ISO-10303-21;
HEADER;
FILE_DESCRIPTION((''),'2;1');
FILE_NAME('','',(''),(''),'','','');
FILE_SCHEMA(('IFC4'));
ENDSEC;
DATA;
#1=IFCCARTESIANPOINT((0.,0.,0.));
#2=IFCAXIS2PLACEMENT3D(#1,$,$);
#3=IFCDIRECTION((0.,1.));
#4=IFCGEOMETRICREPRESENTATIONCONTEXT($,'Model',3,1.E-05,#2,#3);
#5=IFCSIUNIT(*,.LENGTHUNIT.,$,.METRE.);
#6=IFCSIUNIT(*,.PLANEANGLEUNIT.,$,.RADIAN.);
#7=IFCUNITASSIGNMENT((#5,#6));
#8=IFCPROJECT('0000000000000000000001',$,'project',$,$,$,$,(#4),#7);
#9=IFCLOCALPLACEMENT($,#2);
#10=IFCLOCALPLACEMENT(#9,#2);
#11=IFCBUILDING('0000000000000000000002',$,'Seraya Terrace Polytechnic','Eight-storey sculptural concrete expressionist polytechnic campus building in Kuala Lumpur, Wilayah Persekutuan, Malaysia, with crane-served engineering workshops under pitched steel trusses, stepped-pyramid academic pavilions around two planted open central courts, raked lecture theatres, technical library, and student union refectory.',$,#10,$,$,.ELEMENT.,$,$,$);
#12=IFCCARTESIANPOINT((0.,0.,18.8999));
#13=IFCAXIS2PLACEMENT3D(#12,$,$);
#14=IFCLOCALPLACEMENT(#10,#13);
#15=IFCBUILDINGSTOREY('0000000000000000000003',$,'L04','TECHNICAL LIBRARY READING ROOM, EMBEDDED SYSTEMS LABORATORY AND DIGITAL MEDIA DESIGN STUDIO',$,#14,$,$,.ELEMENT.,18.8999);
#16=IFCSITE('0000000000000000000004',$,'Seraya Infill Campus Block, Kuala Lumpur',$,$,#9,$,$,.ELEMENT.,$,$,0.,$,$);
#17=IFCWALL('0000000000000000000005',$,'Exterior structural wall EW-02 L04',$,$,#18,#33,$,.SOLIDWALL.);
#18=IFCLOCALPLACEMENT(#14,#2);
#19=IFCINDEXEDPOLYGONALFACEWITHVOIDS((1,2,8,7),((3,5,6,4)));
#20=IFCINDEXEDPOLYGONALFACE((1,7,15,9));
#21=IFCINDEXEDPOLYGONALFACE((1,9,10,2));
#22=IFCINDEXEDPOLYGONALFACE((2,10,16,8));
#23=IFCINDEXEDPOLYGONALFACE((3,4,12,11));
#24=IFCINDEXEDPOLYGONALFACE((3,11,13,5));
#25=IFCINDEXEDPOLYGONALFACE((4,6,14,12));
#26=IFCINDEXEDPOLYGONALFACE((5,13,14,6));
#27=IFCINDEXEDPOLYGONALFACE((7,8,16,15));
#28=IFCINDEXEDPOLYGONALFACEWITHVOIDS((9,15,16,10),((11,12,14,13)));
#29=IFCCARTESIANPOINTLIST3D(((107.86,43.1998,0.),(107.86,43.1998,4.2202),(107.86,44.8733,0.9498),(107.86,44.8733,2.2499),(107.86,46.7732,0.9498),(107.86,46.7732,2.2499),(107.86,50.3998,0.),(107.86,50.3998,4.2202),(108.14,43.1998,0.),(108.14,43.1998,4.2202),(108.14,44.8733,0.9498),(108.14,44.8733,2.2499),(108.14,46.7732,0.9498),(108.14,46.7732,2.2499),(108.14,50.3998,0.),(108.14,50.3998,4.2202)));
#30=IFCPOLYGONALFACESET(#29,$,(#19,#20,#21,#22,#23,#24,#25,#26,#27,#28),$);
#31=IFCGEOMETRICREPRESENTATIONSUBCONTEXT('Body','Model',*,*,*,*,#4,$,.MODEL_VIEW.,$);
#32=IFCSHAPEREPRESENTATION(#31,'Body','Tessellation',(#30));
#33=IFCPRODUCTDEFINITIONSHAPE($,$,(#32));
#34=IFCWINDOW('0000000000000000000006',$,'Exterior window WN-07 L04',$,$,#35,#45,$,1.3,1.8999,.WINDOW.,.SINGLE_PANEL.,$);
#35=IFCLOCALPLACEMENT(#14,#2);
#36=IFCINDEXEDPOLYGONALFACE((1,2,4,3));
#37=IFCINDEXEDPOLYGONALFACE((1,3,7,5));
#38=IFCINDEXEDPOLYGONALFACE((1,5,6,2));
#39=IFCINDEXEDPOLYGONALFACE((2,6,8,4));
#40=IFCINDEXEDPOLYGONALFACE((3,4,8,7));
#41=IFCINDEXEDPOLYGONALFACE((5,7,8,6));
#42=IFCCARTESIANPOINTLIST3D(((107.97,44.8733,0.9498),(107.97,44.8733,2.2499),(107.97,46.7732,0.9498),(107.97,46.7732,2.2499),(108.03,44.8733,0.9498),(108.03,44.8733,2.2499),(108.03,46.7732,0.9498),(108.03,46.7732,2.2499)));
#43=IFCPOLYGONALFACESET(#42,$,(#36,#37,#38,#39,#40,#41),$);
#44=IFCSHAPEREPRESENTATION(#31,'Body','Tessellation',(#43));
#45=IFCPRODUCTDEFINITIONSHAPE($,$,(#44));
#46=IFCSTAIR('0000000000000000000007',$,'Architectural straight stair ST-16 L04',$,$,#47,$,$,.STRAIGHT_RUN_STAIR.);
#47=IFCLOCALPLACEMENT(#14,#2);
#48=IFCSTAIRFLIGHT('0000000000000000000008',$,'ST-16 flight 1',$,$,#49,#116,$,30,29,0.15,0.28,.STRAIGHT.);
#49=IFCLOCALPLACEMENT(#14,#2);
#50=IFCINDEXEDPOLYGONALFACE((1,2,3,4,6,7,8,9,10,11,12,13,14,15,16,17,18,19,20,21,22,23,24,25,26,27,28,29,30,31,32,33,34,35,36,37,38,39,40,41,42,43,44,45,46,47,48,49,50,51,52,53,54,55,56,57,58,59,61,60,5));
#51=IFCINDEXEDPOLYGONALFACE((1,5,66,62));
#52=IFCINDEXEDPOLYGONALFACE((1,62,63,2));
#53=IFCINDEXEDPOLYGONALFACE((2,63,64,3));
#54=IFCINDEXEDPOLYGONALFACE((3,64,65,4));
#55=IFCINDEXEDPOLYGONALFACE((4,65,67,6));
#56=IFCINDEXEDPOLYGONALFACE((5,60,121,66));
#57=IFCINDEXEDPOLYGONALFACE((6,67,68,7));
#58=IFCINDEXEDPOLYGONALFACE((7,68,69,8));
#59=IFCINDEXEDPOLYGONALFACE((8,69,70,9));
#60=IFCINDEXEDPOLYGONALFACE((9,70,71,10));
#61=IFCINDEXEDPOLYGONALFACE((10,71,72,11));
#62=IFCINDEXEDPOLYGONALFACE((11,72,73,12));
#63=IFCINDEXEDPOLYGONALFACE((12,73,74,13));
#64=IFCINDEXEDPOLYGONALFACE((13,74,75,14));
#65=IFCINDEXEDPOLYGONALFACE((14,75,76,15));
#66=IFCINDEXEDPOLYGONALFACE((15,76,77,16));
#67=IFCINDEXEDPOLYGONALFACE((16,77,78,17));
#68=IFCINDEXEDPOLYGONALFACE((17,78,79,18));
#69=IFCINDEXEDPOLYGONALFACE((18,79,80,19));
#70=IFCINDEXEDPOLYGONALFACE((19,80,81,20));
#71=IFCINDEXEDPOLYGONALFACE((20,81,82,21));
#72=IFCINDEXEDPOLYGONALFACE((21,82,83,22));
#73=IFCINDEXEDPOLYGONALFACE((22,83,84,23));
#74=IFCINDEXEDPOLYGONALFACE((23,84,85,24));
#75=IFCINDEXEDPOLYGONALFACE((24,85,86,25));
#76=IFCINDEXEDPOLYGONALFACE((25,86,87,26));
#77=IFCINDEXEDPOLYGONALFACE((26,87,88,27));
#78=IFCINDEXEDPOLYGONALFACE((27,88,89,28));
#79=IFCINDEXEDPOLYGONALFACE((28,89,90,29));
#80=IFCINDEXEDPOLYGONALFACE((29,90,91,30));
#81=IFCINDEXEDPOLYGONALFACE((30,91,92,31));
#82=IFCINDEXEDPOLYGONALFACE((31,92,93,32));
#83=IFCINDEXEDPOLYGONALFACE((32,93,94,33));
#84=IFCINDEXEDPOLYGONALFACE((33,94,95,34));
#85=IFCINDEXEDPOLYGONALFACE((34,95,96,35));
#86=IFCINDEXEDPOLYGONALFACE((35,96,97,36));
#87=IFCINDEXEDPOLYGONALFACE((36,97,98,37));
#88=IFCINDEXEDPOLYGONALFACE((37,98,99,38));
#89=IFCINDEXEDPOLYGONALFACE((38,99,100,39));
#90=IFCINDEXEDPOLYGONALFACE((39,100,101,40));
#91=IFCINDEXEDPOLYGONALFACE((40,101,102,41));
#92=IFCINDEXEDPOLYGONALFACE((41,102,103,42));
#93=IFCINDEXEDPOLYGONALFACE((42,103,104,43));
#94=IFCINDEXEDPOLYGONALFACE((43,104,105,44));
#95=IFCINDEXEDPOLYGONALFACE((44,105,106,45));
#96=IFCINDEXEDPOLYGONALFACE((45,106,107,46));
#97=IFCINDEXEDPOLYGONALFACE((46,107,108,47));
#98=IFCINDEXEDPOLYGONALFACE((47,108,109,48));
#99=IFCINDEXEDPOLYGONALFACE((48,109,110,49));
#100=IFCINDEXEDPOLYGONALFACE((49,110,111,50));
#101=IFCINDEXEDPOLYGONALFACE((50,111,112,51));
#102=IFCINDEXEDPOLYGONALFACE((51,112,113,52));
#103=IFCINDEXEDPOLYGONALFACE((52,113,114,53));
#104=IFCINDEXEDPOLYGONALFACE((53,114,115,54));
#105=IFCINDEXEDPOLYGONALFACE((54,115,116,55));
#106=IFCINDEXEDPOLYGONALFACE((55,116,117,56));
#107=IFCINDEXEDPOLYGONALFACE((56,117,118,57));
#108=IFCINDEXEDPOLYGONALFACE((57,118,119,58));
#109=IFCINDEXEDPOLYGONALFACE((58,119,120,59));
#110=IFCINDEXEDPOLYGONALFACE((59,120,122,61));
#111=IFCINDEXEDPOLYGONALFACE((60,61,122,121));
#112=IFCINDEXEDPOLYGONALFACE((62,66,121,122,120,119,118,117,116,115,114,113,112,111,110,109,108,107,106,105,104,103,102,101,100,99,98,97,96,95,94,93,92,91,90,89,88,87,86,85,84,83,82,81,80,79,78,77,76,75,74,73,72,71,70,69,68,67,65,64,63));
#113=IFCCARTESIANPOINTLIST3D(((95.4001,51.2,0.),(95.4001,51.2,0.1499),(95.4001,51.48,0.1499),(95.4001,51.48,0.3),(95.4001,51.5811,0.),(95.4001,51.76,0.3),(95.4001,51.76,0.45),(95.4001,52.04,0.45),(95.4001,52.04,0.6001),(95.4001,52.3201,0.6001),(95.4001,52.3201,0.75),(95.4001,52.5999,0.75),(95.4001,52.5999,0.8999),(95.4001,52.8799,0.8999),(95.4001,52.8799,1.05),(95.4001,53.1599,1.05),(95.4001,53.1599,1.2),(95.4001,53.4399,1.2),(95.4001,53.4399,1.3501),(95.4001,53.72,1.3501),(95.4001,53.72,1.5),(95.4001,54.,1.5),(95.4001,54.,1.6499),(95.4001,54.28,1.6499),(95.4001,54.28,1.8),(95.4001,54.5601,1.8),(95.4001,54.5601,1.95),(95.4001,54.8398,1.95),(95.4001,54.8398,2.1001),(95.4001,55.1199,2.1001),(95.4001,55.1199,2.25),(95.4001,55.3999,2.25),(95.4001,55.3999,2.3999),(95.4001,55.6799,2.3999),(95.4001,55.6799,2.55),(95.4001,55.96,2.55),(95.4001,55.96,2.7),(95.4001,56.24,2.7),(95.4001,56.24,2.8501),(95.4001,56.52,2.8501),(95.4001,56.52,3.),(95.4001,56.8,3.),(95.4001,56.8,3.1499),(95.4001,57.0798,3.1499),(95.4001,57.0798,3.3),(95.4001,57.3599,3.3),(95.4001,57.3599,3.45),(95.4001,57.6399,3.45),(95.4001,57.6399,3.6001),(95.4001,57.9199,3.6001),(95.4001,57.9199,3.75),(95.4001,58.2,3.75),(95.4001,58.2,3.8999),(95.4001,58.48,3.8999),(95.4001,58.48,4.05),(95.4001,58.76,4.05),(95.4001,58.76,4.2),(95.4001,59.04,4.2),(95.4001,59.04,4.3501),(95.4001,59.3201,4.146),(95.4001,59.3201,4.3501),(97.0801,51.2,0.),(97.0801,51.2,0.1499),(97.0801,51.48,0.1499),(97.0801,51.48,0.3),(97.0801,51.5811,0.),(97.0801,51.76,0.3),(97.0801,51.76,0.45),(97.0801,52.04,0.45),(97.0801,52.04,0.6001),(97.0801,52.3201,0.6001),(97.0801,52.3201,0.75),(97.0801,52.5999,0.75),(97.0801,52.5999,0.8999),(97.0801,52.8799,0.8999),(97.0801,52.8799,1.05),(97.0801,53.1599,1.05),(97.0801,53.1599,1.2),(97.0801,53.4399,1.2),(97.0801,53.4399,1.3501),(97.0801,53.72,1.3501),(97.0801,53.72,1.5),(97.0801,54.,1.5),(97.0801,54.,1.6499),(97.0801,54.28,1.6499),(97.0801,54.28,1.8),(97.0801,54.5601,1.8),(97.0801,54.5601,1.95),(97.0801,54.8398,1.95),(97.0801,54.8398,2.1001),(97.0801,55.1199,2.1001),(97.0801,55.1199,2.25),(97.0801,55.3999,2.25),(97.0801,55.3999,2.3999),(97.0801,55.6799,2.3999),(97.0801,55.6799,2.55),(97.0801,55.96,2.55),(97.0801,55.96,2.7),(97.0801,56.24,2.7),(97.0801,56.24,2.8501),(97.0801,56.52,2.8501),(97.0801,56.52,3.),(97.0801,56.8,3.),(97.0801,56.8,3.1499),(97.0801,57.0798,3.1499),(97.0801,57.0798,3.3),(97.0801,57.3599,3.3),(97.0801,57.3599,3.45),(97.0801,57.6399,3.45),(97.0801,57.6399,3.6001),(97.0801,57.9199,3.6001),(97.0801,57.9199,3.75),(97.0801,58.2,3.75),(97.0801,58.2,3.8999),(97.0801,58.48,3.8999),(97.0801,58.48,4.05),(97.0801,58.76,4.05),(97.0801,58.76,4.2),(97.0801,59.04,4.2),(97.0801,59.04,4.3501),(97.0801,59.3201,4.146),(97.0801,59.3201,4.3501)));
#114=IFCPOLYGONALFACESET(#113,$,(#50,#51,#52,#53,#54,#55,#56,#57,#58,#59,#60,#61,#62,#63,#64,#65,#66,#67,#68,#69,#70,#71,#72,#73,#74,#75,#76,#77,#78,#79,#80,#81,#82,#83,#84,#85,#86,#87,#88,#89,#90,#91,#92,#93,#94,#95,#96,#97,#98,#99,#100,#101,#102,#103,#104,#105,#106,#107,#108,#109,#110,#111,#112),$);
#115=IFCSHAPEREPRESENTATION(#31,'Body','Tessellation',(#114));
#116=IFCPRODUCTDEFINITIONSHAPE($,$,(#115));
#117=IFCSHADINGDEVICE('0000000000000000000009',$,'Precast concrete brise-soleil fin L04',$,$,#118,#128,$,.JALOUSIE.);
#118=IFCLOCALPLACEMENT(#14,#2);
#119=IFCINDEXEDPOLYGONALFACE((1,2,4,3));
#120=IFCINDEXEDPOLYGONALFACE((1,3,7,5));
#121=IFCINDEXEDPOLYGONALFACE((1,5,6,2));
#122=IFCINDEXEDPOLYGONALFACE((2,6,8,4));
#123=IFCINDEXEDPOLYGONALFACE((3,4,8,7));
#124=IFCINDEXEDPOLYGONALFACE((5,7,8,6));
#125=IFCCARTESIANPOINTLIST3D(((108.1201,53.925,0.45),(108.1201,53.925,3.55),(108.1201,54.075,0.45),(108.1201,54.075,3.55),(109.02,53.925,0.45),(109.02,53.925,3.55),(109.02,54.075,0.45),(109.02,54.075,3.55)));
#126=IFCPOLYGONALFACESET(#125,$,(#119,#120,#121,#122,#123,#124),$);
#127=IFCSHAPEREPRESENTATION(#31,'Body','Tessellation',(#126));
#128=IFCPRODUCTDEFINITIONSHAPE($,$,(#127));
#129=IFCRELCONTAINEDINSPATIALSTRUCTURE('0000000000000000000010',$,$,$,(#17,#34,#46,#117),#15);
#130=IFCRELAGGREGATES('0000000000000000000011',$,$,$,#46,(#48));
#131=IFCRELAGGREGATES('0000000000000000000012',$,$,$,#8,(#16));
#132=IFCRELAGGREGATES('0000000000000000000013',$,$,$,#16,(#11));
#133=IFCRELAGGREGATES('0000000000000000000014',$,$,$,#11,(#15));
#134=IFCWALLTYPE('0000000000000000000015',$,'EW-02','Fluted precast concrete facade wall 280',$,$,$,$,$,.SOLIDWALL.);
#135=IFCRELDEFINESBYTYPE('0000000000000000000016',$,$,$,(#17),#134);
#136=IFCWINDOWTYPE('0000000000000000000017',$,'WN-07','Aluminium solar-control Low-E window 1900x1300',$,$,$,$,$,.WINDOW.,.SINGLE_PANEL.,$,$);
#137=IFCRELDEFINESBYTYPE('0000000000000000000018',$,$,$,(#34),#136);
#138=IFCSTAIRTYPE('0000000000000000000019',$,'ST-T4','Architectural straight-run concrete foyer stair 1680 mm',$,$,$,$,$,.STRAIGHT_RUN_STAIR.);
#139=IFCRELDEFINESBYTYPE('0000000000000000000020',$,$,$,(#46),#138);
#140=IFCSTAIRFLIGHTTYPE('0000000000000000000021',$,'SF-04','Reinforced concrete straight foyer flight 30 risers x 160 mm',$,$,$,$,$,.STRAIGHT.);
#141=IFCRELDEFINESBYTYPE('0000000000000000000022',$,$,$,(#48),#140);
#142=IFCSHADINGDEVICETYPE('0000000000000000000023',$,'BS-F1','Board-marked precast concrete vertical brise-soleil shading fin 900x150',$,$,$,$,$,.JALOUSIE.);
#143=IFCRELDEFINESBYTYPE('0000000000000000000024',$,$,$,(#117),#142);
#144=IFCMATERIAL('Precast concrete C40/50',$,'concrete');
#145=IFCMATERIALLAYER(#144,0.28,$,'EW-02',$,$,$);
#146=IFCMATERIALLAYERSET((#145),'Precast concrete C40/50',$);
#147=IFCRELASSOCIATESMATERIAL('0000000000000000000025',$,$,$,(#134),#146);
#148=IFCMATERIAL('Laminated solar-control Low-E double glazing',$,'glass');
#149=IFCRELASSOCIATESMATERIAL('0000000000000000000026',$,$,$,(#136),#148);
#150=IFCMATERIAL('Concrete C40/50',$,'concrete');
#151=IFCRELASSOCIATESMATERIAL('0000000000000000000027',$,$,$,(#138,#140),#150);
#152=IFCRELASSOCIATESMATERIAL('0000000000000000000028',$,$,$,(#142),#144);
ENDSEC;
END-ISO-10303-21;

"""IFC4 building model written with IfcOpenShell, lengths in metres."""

from ifc_helpers import new_model, si_unit, direction, frame, frame_2d, origin, origin_2d, place, context, subcontext, project, spatial, polyline, rectangle, outline, extrude, material, layer, layer_set, type_object, element, fill, aggregate, save


model = new_model("IFC4")

# Units and contexts
model_context = context("Model", 3, precision=1e-05, world=origin(), true_north=direction((0.0, 1.0)))
body_context = subcontext(model_context, "Body", "Model", "MODEL_VIEW")
ifc_project = project(units=[si_unit("LENGTHUNIT", "METRE"), si_unit("PLANEANGLEUNIT", "RADIAN")], contexts=[model_context])

# Site, building, storey
site_placement = place(None, origin())
site = spatial("IfcSite", under=ifc_project, at=site_placement, Name="Seraya Infill Campus Block, Kuala Lumpur", CompositionType="ELEMENT", RefElevation=0.0)
building_placement = place(site_placement, origin())
building = spatial("IfcBuilding", under=site, at=building_placement, Name="Seraya Terrace Polytechnic", Description="Eight-storey sculptural concrete expressionist polytechnic campus building in Kuala Lumpur, Wilayah Persekutuan, Malaysia, with crane-served engineering workshops under pitched steel trusses, stepped-pyramid academic pavilions around two planted open central courts, raked lecture theatres, technical library, and student union refectory.", CompositionType="ELEMENT")
storey_placement = place(building_placement, frame((0.0, 0.0, 18.8999)))
storey = spatial("IfcBuildingStorey", under=building, at=storey_placement, Name="L04", Description="TECHNICAL LIBRARY READING ROOM, EMBEDDED SYSTEMS LABORATORY AND DIGITAL MEDIA DESIGN STUDIO", CompositionType="ELEMENT", Elevation=18.8999)

# Shared definitions
ifc_material_1 = material(Name="Concrete C40/50", Category="concrete")

# Wall, opening, window
ifc_material_2 = material(Name="Precast concrete C40/50", Category="concrete")
ifc_layer = layer(ifc_material_2, 0.28, Name="EW-02")
ifc_layer_set = layer_set([ifc_layer], Name="Precast concrete C40/50")
wall_type = type_object("IfcWallType", Name="EW-02", Description="Fluted precast concrete facade wall 280", PredefinedType="SOLIDWALL", material=ifc_layer_set)
ifc_material_3 = material(Name="Laminated solar-control Low-E double glazing", Category="glass")
wall_1_placement = place(storey_placement, frame((108.0, 50.3999, 0.0), z_axis=(0.0, 0.0, 1.0), x_axis=(0.0, -1.0, 0.0)))
wall_1 = element("IfcWall", 1, at=wall_1_placement, inside=storey, type_object=wall_type, Name="Exterior structural wall EW-02 L04", PredefinedType="SOLIDWALL", context=body_context, shape_type="SweptSolid", body=[
    extrude(rectangle(XDim=7.2, YDim=0.28, at=frame_2d((3.6001, 0.0))), origin(), (0.0, 0.0, 1.0), 4.2202),
])
opening_1_placement = place(wall_1_placement, frame((3.6267, 0.0, 0.95)))
opening_1 = element("IfcOpeningElement", 2, at=opening_1_placement, cuts=wall_1, PredefinedType="OPENING", context=body_context, shape_type="SweptSolid", body=[
    extrude(rectangle(XDim=1.8999, YDim=1.3, at=frame_2d((0.95, 0.6499))), frame((0.0, 0.1519, 0.0), z_axis=(0.0, -1.0, 0.0), x_axis=(1.0, 0.0, 0.0)), (0.0, 0.0, 1.0), 0.304),
])
window_type_1 = type_object("IfcWindowType", Name="WN-07", Description="Aluminium solar-control Low-E window 1900x1300", PartitioningType="SINGLE_PANEL", PredefinedType="WINDOW", material=ifc_material_3)
window_1_placement = place(opening_1_placement, origin())
window_1 = element("IfcWindow", 3, at=window_1_placement, inside=storey, type_object=window_type_1, Name="Exterior window WN-07 L04", OverallHeight=1.3, OverallWidth=1.8999, PartitioningType="SINGLE_PANEL", PredefinedType="WINDOW", context=body_context, shape_type="SweptSolid", body=[
    extrude(rectangle(XDim=1.8999, YDim=1.3, at=frame_2d((0.95, 0.6499))), frame((0.0, 0.03, 0.0), z_axis=(0.0, -1.0, 0.0), x_axis=(1.0, 0.0, 0.0)), (0.0, 0.0, 1.0), 0.0601),
])
fill(opening_1, window_1)

# Stair, stair flight
stair_type = type_object("IfcStairType", Name="ST-T4", Description="Architectural straight-run concrete foyer stair 1680 mm", PredefinedType="STRAIGHT_RUN_STAIR", material=ifc_material_1)
stair_placement = place(storey_placement, origin())
stair = element("IfcStair", 4, at=stair_placement, inside=storey, type_object=stair_type, Name="Architectural straight stair ST-16 L04", PredefinedType="STRAIGHT_RUN_STAIR")
stair_flight_type = type_object("IfcStairFlightType", Name="SF-04", Description="Reinforced concrete straight foyer flight 30 risers x 160 mm", PredefinedType="STRAIGHT", material=ifc_material_1)
stair_flight_placement = place(storey_placement, frame((96.24, 51.2, 0.0), z_axis=(0.0, 0.0, 1.0), x_axis=(0.0, 1.0, 0.0)))
stair_flight = element("IfcStairFlight", 5, at=stair_flight_placement, type_object=stair_flight_type, Name="ST-16 flight 1", NumberOfRisers=30, NumberOfTreads=29, PredefinedType="STRAIGHT", RiserHeight=0.15, TreadLength=0.28, context=body_context, shape_type="SweptSolid", body=[
    extrude(outline(polyline([(0.0, 0.0), (0.0, 0.1499), (0.28, 0.1499), (0.28, 0.3), (0.5601, 0.3), (0.5601, 0.45), (0.8401, 0.45), (0.8401, 0.6001), (1.1201, 0.6001), (1.1201, 0.75), (1.3999, 0.75), (1.3999, 0.8999), (1.6799, 0.8999), (1.6799, 1.05), (1.96, 1.05), (1.96, 1.2), (2.24, 1.2), (2.24, 1.3501), (2.52, 1.3501), (2.52, 1.5), (2.8, 1.5), (2.8, 1.6499), (3.0801, 1.6499), (3.0801, 1.8), (3.3601, 1.8), (3.3601, 1.95), (3.6399, 1.95), (3.6399, 2.1001), (3.9199, 2.1001), (3.9199, 2.25), (4.2, 2.25), (4.2, 2.3999), (4.48, 2.3999), (4.48, 2.55), (4.76, 2.55), (4.76, 2.7), (5.04, 2.7), (5.04, 2.8501), (5.3201, 2.8501), (5.3201, 3.0), (5.6001, 3.0), (5.6001, 3.1499), (5.8799, 3.1499), (5.8799, 3.3), (6.1599, 3.3), (6.1599, 3.45), (6.4399, 3.45), (6.4399, 3.6001), (6.72, 3.6001), (6.72, 3.75), (7.0, 3.75), (7.0, 3.8999), (7.28, 3.8999), (7.28, 4.05), (7.5601, 4.05), (7.5601, 4.2), (7.8401, 4.2), (7.8401, 4.3501), (8.1201, 4.3501), (8.1201, 4.5), (8.1201, 4.146), (0.3811, 0.0), (0.0, 0.0)])), frame((0.0, 0.8398, 0.0), z_axis=(0.0, -1.0, 0.0), x_axis=(1.0, 0.0, 0.0)), (0.0, 0.0, 1.0), 1.6799),
])
aggregate(stair, [stair_flight])

# Shading device
shading_device_type = type_object("IfcShadingDeviceType", Name="BS-F1", Description="Board-marked precast concrete vertical brise-soleil shading fin 900x150", PredefinedType="JALOUSIE", material=ifc_material_2)
shading_device_placement = place(storey_placement, frame((108.5701, 54.0, 0.45), z_axis=(0.0, 0.0, 1.0), x_axis=(1.0, 0.0, 0.0)))
element("IfcShadingDevice", 6, at=shading_device_placement, inside=storey, type_object=shading_device_type, Name="Precast concrete brise-soleil fin L04", PredefinedType="JALOUSIE", context=body_context, shape_type="SweptSolid", body=[
    extrude(rectangle(XDim=0.8999, YDim=0.1499, at=origin_2d()), origin(), (0.0, 0.0, 1.0), 3.1001),
])

save(model, "model.ifc")
